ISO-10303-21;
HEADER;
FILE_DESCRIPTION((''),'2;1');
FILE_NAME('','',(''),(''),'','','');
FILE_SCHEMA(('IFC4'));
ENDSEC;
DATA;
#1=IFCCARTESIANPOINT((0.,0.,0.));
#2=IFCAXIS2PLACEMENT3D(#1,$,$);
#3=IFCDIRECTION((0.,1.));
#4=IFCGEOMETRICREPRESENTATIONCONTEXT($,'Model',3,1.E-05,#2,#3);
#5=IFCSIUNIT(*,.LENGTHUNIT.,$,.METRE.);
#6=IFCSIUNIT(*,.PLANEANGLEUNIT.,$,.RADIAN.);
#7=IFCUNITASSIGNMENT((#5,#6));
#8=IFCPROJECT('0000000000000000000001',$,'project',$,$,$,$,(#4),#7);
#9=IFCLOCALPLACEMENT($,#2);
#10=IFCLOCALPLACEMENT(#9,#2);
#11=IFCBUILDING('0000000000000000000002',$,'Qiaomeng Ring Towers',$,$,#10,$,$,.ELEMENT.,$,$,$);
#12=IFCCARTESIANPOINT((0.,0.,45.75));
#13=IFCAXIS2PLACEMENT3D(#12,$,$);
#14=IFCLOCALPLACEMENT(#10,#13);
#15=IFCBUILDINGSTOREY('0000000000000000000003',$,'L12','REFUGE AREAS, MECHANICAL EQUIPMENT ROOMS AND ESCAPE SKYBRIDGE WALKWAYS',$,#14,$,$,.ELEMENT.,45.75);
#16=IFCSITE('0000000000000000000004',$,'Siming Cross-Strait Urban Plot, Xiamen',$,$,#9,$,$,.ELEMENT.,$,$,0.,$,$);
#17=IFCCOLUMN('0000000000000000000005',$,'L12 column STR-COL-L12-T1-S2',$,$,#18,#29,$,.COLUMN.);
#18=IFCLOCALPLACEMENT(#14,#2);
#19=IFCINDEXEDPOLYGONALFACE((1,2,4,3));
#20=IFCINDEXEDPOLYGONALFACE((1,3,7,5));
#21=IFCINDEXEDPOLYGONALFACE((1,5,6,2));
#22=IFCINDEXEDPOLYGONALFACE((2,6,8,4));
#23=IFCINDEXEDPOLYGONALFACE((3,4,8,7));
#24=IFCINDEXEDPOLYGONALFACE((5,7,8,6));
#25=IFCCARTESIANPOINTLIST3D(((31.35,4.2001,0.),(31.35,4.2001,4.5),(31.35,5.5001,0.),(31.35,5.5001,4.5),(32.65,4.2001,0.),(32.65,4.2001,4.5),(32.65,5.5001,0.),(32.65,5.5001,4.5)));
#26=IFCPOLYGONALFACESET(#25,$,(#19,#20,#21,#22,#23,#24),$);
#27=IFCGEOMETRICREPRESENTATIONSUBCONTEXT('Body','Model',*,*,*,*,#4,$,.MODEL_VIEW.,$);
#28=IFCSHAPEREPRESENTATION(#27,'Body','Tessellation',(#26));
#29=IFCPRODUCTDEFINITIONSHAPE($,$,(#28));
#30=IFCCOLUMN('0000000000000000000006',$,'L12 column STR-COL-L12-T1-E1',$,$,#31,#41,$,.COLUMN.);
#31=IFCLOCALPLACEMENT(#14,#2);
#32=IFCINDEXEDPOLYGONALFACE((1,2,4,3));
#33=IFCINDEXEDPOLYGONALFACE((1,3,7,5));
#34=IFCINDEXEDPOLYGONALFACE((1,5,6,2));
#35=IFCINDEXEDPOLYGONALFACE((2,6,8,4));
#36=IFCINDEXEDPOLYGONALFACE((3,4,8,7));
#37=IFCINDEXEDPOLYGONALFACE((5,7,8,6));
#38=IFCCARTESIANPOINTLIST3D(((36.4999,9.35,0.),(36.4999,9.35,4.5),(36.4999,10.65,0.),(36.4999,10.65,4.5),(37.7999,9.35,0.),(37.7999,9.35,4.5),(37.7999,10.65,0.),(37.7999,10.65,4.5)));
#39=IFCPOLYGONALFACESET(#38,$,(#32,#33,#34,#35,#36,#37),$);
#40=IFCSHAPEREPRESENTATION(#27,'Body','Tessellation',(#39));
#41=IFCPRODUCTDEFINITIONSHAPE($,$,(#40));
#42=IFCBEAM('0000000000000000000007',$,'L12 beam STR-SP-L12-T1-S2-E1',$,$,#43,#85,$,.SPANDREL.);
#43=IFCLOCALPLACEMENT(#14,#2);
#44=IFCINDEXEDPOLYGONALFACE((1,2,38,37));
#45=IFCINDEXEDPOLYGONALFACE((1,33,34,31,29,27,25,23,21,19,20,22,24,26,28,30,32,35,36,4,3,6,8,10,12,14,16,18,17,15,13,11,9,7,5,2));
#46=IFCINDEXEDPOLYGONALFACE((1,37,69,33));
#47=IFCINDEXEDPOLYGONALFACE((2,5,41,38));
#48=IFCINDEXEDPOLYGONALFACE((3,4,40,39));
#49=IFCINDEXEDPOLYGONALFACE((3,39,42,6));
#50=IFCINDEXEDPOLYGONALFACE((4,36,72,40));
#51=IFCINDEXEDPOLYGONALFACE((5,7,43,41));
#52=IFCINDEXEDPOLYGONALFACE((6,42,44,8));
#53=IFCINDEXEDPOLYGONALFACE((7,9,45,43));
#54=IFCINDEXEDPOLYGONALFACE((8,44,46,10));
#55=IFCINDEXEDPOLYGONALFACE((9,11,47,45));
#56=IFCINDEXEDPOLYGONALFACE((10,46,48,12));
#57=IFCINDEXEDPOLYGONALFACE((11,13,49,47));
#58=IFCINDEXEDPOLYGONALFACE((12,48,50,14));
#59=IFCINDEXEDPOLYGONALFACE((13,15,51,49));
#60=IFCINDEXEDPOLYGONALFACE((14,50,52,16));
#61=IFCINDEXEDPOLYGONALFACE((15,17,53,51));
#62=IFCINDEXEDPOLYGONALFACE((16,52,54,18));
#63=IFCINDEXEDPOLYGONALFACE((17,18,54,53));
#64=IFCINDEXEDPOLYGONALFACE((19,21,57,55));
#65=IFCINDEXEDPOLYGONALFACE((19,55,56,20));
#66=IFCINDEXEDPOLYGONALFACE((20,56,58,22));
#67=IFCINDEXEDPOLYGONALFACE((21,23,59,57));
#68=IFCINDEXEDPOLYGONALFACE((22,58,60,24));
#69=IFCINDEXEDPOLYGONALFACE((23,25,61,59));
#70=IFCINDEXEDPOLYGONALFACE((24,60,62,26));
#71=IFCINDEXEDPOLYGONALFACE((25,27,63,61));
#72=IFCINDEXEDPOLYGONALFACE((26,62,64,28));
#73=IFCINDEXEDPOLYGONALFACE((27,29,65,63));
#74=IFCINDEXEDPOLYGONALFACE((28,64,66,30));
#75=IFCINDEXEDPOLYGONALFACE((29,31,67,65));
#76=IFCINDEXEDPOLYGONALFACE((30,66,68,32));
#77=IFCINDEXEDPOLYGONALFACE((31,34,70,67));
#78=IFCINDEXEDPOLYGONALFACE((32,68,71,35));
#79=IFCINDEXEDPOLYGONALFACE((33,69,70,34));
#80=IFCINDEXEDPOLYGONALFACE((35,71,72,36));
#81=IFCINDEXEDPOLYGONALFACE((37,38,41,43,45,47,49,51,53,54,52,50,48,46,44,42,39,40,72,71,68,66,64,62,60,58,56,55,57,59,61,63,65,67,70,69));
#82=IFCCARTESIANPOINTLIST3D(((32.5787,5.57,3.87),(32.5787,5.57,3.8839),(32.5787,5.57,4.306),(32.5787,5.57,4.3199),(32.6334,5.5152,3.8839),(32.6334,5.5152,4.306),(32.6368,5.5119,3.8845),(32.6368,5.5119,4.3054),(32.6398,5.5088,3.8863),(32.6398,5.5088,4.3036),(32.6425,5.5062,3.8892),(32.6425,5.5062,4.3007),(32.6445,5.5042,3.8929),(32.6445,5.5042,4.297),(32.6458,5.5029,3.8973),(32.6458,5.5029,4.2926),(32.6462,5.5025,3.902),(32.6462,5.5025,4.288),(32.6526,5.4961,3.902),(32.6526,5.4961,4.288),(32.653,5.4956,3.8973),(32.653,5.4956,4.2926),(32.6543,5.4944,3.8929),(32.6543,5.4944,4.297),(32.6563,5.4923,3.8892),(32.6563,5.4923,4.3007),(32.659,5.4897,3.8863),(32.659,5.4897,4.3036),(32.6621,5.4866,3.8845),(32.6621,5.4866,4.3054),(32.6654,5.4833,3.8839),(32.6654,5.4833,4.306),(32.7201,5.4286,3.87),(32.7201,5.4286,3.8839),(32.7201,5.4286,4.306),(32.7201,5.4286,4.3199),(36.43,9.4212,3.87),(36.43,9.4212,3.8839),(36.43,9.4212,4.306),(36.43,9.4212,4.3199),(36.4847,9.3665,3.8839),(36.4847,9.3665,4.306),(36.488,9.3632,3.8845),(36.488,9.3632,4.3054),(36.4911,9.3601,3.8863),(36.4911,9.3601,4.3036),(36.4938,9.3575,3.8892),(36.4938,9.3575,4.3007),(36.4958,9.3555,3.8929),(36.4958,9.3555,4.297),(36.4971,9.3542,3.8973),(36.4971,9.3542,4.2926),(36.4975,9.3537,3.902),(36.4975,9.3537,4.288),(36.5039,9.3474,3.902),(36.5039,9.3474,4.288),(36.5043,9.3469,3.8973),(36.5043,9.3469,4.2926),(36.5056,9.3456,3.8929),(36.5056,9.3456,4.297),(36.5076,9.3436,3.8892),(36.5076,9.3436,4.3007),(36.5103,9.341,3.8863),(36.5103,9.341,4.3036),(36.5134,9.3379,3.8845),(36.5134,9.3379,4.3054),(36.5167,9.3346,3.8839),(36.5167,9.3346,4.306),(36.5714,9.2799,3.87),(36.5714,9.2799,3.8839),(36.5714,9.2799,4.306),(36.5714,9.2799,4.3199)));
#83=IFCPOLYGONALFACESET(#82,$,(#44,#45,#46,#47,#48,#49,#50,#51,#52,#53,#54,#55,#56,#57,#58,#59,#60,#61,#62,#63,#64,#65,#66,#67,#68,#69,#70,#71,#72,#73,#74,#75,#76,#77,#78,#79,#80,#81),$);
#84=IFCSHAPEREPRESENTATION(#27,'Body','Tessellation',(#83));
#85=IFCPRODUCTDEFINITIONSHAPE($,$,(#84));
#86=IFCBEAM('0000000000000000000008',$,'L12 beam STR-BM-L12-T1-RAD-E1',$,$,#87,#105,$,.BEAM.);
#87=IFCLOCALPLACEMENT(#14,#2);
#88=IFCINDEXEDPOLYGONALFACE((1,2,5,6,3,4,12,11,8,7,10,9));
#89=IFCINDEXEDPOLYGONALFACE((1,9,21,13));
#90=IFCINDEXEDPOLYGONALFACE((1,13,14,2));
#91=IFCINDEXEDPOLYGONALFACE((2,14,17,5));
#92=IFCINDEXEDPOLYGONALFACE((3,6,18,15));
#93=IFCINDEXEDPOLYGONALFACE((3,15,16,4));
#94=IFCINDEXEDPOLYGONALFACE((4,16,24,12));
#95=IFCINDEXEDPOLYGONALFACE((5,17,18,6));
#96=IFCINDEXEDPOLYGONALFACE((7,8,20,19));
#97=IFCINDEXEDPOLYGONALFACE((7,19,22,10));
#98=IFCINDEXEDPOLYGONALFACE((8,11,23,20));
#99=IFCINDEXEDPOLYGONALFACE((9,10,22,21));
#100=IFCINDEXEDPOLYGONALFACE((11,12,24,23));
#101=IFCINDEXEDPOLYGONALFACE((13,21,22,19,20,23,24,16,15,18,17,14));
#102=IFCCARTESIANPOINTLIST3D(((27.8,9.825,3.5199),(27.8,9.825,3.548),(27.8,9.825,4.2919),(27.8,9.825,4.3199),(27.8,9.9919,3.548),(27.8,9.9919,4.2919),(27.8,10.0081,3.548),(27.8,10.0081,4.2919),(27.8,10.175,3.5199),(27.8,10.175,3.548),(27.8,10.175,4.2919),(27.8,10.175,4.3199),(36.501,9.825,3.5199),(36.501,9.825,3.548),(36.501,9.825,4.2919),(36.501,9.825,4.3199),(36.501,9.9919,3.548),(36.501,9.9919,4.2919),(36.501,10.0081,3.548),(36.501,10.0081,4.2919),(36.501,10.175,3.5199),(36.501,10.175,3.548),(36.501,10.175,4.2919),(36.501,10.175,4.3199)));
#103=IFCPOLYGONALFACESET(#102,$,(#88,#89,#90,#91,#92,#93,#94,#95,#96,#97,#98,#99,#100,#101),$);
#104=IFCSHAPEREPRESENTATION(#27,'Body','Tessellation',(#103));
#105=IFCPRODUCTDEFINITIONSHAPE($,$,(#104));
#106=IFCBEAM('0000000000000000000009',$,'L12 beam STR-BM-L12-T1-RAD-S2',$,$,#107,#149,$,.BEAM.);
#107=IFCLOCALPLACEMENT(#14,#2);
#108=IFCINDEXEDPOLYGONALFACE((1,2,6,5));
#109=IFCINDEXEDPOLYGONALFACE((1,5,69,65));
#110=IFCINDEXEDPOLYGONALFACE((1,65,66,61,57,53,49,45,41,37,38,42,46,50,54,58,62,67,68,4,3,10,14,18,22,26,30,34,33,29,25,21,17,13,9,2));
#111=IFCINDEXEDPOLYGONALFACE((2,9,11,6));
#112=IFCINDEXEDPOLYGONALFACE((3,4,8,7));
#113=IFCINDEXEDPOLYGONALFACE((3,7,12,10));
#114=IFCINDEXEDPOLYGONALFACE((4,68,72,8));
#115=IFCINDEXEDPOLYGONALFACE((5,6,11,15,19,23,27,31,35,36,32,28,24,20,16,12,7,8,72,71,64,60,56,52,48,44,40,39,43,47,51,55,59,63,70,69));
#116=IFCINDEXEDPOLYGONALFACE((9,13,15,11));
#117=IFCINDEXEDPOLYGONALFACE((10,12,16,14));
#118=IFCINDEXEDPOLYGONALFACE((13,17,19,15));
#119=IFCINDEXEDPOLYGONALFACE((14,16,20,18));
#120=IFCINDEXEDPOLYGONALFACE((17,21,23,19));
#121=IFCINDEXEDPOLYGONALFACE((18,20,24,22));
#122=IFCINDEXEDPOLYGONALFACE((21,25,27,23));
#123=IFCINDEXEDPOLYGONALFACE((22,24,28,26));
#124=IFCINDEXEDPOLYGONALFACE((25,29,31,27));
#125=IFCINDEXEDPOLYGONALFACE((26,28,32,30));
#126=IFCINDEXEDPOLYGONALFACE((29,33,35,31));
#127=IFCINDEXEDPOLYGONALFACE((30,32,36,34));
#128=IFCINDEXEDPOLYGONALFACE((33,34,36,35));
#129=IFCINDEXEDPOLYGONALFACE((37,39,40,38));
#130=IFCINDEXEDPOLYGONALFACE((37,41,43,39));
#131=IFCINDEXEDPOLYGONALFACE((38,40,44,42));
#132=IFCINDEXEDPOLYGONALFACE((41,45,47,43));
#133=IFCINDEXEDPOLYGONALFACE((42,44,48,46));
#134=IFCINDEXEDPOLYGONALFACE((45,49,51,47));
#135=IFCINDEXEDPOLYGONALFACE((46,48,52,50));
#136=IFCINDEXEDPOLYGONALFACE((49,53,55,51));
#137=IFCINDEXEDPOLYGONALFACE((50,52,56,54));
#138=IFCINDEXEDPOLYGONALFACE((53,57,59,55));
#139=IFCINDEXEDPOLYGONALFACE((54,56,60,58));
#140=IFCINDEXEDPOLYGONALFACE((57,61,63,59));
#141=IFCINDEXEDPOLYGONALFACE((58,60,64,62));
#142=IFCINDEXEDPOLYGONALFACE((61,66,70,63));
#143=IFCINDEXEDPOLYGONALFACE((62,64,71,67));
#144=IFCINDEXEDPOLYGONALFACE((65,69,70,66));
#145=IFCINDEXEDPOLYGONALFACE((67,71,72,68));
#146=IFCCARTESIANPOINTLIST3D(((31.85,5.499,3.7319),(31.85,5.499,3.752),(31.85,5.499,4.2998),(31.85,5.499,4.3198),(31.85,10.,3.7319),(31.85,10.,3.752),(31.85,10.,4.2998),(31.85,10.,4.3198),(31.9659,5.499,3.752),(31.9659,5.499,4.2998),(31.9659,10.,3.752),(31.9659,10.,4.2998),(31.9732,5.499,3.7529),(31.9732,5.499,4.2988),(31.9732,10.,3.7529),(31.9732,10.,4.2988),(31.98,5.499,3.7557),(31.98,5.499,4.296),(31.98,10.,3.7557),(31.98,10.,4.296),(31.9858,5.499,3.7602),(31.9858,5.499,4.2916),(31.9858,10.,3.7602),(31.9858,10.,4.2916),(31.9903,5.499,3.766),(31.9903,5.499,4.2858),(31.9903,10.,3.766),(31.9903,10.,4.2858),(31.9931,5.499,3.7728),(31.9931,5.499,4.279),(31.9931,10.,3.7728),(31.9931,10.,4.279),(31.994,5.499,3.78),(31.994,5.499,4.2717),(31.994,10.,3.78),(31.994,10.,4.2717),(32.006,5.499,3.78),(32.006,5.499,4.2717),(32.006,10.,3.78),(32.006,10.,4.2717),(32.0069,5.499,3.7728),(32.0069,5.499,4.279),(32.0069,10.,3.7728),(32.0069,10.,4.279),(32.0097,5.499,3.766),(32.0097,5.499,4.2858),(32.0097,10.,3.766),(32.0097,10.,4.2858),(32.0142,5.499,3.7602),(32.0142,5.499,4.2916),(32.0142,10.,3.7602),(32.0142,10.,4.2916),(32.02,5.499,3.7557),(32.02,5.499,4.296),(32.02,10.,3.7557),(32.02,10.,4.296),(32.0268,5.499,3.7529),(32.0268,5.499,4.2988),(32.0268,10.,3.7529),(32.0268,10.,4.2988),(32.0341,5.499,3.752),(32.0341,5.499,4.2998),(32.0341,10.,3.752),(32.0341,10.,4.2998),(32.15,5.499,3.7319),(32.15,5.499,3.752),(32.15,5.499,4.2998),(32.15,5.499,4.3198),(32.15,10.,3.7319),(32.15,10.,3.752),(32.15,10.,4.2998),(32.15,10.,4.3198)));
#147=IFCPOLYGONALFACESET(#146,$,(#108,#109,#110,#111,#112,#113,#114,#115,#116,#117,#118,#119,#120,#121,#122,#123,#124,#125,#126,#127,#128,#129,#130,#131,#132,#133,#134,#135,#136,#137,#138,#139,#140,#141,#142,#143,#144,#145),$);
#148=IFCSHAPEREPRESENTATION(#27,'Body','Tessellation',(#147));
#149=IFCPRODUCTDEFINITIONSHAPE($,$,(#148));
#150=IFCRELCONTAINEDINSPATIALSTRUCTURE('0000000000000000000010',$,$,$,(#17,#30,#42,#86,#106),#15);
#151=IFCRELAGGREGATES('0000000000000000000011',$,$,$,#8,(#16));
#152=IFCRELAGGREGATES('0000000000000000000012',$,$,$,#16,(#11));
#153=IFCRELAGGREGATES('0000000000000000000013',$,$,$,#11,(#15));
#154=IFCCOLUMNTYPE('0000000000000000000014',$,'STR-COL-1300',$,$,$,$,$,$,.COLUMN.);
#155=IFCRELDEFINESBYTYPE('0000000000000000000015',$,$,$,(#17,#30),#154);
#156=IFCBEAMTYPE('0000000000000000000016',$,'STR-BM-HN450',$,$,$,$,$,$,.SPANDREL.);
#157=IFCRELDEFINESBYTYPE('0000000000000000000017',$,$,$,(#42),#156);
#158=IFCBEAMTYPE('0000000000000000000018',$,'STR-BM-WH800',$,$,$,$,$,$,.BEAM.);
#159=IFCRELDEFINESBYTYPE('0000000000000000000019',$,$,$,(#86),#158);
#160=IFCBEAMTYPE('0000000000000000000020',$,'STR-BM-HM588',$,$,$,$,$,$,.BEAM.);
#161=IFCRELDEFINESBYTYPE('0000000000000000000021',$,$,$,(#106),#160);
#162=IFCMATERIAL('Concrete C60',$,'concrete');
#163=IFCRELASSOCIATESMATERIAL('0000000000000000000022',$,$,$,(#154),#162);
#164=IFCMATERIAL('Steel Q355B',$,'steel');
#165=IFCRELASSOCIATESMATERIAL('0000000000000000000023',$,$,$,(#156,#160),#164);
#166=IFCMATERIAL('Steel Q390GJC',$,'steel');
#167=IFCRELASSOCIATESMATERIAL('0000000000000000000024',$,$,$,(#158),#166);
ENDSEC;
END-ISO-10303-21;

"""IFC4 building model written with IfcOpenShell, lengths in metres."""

from ifc_helpers import new_model, si_unit, direction, frame, origin, origin_2d, place, context, subcontext, project, spatial, rectangle, i_section, extrude, source, transform, mapped, material, material_profile, profile_set, type_object, element, save


model = new_model("IFC4")

# Units and contexts
model_context = context("Model", 3, precision=1e-05, world=origin(), true_north=direction((0.0, 1.0)))
body_context = subcontext(model_context, "Body", "Model", "MODEL_VIEW")
ifc_project = project(units=[si_unit("LENGTHUNIT", "METRE"), si_unit("PLANEANGLEUNIT", "RADIAN")], contexts=[model_context])

# Site, building, storey
site_placement = place(None, origin())
site = spatial("IfcSite", under=ifc_project, at=site_placement, Name="Siming Cross-Strait Urban Plot, Xiamen", CompositionType="ELEMENT", RefElevation=0.0)
building_placement = place(site_placement, origin())
building = spatial("IfcBuilding", under=site, at=building_placement, Name="Qiaomeng Ring Towers", CompositionType="ELEMENT")
storey_placement = place(building_placement, frame((0.0, 0.0, 45.75)))
storey = spatial("IfcBuildingStorey", under=building, at=storey_placement, Name="L12", Description="REFUGE AREAS, MECHANICAL EQUIPMENT ROOMS AND ESCAPE SKYBRIDGE WALKWAYS", CompositionType="ELEMENT", Elevation=45.75)

# Columns
ifc_material_1 = material(Name="Concrete C60", Category="concrete")
ifc_material_profile_1 = material_profile(ifc_material_1, rectangle(XDim=1.3, YDim=1.3, at=origin_2d()), Name="RC COL 1300x1300")
ifc_profile_set_1 = profile_set([ifc_material_profile_1], Name="Concrete C60")
column_type = type_object("IfcColumnType", Name="STR-COL-1300", PredefinedType="COLUMN", material=ifc_profile_set_1)
shared_shape_1 = source(origin(), body_context, "Body", "SweptSolid", [
    extrude(rectangle(XDim=1.3, YDim=1.3, at=origin_2d()), origin(), (0.0, 0.0, 1.0), 4.5),
])
for number, where, z_axis, x_axis, name in (
    (1, (32.0, 4.8501, 0.0), (0.0, 0.0, 1.0), (1.0, 0.0, 0.0), "L12 column STR-COL-L12-T1-S2"),
    (2, (37.1499, 10.0, 0.0), (0.0, 0.0, 1.0), (1.0, 0.0, 0.0), "L12 column STR-COL-L12-T1-E1"),
):
    element("IfcColumn", number, at=place(storey_placement, frame(where, z_axis=z_axis, x_axis=x_axis)), inside=storey, type_object=column_type, Name=name, PredefinedType="COLUMN", context=body_context, shape_type="MappedRepresentation", body=[
        mapped(shared_shape_1, transform((0.0, 0.0, 0.0), x_axis=(1.0, 0.0, 0.0), y_axis=(0.0, 1.0, 0.0), z_axis=(0.0, 0.0, 1.0), scale=1.0)),
    ])

# Beams
ifc_material_2 = material(Name="Steel Q355B", Category="steel")
ifc_material_profile_2 = material_profile(ifc_material_2, i_section(OverallWidth=0.2, OverallDepth=0.45, WebThickness=0.009, FlangeThickness=0.0139, FilletRadius=0.0181, at=origin_2d()), Name="HN 450x200x9x14")
ifc_profile_set_2 = profile_set([ifc_material_profile_2], Name="Steel Q355B")
beam_type_1 = type_object("IfcBeamType", Name="STR-BM-HN450", PredefinedType="SPANDREL", material=ifc_profile_set_2)
shared_shape_2 = source(origin(), body_context, "Body", "SweptSolid", [
    extrude(i_section(OverallWidth=0.2, OverallDepth=0.45, WebThickness=0.009, FlangeThickness=0.0139, FilletRadius=0.0181, at=origin_2d()), origin(), (0.0, 0.0, 1.0), 5.4465),
])
beam_1_placement = place(storey_placement, frame((32.6494, 5.4993, 4.095), z_axis=(0.707107, 0.707107, 0.0), x_axis=(-0.707107, 0.707107, 0.0)))
element("IfcBeam", 3, at=beam_1_placement, inside=storey, type_object=beam_type_1, Name="L12 beam STR-SP-L12-T1-S2-E1", PredefinedType="SPANDREL", context=body_context, shape_type="MappedRepresentation", body=[
    mapped(shared_shape_2, transform((0.0, 0.0, 0.0), x_axis=(1.0, 0.0, 0.0), y_axis=(0.0, 1.0, 0.0), z_axis=(0.0, 0.0, 1.0), scale=1.0)),
])
ifc_material_3 = material(Name="Steel Q390GJC", Category="steel")
ifc_material_profile_3 = material_profile(ifc_material_3, i_section(OverallWidth=0.3501, OverallDepth=0.8, WebThickness=0.0161, FlangeThickness=0.0281, at=origin_2d()), Name="WH 800x350x16x28")
ifc_profile_set_3 = profile_set([ifc_material_profile_3], Name="Steel Q390GJC")
beam_type_2 = type_object("IfcBeamType", Name="STR-BM-WH800", PredefinedType="BEAM", material=ifc_profile_set_3)
shared_shape_3 = source(origin(), body_context, "Body", "SweptSolid", [
    extrude(i_section(OverallWidth=0.3501, OverallDepth=0.8, WebThickness=0.0161, FlangeThickness=0.0281, at=origin_2d()), origin(), (0.0, 0.0, 1.0), 8.7009),
])
beam_2_placement = place(storey_placement, frame((27.8, 10.0, 3.9199), z_axis=(1.0, 0.0, 0.0), x_axis=(0.0, 1.0, 0.0)))
element("IfcBeam", 4, at=beam_2_placement, inside=storey, type_object=beam_type_2, Name="L12 beam STR-BM-L12-T1-RAD-E1", PredefinedType="BEAM", context=body_context, shape_type="MappedRepresentation", body=[
    mapped(shared_shape_3, transform((0.0, 0.0, 0.0), x_axis=(1.0, 0.0, 0.0), y_axis=(0.0, 1.0, 0.0), z_axis=(0.0, 0.0, 1.0), scale=1.0)),
])
ifc_material_profile_4 = material_profile(ifc_material_2, i_section(OverallWidth=0.3, OverallDepth=0.5879, WebThickness=0.012, FlangeThickness=0.02, FilletRadius=0.0281, at=origin_2d()), Name="HM 588x300x12x20")
ifc_profile_set_4 = profile_set([ifc_material_profile_4], Name="Steel Q355B")
beam_type_3 = type_object("IfcBeamType", Name="STR-BM-HM588", PredefinedType="BEAM", material=ifc_profile_set_4)
shared_shape_4 = source(origin(), body_context, "Body", "SweptSolid", [
    extrude(i_section(OverallWidth=0.3, OverallDepth=0.5879, WebThickness=0.012, FlangeThickness=0.02, FilletRadius=0.0281, at=origin_2d()), origin(), (0.0, 0.0, 1.0), 4.501),
])
beam_3_placement = place(storey_placement, frame((32.0, 5.499, 4.0259), z_axis=(0.0, 1.0, 0.0), x_axis=(-1.0, 0.0, 0.0)))
element("IfcBeam", 5, at=beam_3_placement, inside=storey, type_object=beam_type_3, Name="L12 beam STR-BM-L12-T1-RAD-S2", PredefinedType="BEAM", context=body_context, shape_type="MappedRepresentation", body=[
    mapped(shared_shape_4, transform((0.0, 0.0, 0.0), x_axis=(1.0, 0.0, 0.0), y_axis=(0.0, 1.0, 0.0), z_axis=(0.0, 0.0, 1.0), scale=1.0)),
])

save(model, "model.ifc")
